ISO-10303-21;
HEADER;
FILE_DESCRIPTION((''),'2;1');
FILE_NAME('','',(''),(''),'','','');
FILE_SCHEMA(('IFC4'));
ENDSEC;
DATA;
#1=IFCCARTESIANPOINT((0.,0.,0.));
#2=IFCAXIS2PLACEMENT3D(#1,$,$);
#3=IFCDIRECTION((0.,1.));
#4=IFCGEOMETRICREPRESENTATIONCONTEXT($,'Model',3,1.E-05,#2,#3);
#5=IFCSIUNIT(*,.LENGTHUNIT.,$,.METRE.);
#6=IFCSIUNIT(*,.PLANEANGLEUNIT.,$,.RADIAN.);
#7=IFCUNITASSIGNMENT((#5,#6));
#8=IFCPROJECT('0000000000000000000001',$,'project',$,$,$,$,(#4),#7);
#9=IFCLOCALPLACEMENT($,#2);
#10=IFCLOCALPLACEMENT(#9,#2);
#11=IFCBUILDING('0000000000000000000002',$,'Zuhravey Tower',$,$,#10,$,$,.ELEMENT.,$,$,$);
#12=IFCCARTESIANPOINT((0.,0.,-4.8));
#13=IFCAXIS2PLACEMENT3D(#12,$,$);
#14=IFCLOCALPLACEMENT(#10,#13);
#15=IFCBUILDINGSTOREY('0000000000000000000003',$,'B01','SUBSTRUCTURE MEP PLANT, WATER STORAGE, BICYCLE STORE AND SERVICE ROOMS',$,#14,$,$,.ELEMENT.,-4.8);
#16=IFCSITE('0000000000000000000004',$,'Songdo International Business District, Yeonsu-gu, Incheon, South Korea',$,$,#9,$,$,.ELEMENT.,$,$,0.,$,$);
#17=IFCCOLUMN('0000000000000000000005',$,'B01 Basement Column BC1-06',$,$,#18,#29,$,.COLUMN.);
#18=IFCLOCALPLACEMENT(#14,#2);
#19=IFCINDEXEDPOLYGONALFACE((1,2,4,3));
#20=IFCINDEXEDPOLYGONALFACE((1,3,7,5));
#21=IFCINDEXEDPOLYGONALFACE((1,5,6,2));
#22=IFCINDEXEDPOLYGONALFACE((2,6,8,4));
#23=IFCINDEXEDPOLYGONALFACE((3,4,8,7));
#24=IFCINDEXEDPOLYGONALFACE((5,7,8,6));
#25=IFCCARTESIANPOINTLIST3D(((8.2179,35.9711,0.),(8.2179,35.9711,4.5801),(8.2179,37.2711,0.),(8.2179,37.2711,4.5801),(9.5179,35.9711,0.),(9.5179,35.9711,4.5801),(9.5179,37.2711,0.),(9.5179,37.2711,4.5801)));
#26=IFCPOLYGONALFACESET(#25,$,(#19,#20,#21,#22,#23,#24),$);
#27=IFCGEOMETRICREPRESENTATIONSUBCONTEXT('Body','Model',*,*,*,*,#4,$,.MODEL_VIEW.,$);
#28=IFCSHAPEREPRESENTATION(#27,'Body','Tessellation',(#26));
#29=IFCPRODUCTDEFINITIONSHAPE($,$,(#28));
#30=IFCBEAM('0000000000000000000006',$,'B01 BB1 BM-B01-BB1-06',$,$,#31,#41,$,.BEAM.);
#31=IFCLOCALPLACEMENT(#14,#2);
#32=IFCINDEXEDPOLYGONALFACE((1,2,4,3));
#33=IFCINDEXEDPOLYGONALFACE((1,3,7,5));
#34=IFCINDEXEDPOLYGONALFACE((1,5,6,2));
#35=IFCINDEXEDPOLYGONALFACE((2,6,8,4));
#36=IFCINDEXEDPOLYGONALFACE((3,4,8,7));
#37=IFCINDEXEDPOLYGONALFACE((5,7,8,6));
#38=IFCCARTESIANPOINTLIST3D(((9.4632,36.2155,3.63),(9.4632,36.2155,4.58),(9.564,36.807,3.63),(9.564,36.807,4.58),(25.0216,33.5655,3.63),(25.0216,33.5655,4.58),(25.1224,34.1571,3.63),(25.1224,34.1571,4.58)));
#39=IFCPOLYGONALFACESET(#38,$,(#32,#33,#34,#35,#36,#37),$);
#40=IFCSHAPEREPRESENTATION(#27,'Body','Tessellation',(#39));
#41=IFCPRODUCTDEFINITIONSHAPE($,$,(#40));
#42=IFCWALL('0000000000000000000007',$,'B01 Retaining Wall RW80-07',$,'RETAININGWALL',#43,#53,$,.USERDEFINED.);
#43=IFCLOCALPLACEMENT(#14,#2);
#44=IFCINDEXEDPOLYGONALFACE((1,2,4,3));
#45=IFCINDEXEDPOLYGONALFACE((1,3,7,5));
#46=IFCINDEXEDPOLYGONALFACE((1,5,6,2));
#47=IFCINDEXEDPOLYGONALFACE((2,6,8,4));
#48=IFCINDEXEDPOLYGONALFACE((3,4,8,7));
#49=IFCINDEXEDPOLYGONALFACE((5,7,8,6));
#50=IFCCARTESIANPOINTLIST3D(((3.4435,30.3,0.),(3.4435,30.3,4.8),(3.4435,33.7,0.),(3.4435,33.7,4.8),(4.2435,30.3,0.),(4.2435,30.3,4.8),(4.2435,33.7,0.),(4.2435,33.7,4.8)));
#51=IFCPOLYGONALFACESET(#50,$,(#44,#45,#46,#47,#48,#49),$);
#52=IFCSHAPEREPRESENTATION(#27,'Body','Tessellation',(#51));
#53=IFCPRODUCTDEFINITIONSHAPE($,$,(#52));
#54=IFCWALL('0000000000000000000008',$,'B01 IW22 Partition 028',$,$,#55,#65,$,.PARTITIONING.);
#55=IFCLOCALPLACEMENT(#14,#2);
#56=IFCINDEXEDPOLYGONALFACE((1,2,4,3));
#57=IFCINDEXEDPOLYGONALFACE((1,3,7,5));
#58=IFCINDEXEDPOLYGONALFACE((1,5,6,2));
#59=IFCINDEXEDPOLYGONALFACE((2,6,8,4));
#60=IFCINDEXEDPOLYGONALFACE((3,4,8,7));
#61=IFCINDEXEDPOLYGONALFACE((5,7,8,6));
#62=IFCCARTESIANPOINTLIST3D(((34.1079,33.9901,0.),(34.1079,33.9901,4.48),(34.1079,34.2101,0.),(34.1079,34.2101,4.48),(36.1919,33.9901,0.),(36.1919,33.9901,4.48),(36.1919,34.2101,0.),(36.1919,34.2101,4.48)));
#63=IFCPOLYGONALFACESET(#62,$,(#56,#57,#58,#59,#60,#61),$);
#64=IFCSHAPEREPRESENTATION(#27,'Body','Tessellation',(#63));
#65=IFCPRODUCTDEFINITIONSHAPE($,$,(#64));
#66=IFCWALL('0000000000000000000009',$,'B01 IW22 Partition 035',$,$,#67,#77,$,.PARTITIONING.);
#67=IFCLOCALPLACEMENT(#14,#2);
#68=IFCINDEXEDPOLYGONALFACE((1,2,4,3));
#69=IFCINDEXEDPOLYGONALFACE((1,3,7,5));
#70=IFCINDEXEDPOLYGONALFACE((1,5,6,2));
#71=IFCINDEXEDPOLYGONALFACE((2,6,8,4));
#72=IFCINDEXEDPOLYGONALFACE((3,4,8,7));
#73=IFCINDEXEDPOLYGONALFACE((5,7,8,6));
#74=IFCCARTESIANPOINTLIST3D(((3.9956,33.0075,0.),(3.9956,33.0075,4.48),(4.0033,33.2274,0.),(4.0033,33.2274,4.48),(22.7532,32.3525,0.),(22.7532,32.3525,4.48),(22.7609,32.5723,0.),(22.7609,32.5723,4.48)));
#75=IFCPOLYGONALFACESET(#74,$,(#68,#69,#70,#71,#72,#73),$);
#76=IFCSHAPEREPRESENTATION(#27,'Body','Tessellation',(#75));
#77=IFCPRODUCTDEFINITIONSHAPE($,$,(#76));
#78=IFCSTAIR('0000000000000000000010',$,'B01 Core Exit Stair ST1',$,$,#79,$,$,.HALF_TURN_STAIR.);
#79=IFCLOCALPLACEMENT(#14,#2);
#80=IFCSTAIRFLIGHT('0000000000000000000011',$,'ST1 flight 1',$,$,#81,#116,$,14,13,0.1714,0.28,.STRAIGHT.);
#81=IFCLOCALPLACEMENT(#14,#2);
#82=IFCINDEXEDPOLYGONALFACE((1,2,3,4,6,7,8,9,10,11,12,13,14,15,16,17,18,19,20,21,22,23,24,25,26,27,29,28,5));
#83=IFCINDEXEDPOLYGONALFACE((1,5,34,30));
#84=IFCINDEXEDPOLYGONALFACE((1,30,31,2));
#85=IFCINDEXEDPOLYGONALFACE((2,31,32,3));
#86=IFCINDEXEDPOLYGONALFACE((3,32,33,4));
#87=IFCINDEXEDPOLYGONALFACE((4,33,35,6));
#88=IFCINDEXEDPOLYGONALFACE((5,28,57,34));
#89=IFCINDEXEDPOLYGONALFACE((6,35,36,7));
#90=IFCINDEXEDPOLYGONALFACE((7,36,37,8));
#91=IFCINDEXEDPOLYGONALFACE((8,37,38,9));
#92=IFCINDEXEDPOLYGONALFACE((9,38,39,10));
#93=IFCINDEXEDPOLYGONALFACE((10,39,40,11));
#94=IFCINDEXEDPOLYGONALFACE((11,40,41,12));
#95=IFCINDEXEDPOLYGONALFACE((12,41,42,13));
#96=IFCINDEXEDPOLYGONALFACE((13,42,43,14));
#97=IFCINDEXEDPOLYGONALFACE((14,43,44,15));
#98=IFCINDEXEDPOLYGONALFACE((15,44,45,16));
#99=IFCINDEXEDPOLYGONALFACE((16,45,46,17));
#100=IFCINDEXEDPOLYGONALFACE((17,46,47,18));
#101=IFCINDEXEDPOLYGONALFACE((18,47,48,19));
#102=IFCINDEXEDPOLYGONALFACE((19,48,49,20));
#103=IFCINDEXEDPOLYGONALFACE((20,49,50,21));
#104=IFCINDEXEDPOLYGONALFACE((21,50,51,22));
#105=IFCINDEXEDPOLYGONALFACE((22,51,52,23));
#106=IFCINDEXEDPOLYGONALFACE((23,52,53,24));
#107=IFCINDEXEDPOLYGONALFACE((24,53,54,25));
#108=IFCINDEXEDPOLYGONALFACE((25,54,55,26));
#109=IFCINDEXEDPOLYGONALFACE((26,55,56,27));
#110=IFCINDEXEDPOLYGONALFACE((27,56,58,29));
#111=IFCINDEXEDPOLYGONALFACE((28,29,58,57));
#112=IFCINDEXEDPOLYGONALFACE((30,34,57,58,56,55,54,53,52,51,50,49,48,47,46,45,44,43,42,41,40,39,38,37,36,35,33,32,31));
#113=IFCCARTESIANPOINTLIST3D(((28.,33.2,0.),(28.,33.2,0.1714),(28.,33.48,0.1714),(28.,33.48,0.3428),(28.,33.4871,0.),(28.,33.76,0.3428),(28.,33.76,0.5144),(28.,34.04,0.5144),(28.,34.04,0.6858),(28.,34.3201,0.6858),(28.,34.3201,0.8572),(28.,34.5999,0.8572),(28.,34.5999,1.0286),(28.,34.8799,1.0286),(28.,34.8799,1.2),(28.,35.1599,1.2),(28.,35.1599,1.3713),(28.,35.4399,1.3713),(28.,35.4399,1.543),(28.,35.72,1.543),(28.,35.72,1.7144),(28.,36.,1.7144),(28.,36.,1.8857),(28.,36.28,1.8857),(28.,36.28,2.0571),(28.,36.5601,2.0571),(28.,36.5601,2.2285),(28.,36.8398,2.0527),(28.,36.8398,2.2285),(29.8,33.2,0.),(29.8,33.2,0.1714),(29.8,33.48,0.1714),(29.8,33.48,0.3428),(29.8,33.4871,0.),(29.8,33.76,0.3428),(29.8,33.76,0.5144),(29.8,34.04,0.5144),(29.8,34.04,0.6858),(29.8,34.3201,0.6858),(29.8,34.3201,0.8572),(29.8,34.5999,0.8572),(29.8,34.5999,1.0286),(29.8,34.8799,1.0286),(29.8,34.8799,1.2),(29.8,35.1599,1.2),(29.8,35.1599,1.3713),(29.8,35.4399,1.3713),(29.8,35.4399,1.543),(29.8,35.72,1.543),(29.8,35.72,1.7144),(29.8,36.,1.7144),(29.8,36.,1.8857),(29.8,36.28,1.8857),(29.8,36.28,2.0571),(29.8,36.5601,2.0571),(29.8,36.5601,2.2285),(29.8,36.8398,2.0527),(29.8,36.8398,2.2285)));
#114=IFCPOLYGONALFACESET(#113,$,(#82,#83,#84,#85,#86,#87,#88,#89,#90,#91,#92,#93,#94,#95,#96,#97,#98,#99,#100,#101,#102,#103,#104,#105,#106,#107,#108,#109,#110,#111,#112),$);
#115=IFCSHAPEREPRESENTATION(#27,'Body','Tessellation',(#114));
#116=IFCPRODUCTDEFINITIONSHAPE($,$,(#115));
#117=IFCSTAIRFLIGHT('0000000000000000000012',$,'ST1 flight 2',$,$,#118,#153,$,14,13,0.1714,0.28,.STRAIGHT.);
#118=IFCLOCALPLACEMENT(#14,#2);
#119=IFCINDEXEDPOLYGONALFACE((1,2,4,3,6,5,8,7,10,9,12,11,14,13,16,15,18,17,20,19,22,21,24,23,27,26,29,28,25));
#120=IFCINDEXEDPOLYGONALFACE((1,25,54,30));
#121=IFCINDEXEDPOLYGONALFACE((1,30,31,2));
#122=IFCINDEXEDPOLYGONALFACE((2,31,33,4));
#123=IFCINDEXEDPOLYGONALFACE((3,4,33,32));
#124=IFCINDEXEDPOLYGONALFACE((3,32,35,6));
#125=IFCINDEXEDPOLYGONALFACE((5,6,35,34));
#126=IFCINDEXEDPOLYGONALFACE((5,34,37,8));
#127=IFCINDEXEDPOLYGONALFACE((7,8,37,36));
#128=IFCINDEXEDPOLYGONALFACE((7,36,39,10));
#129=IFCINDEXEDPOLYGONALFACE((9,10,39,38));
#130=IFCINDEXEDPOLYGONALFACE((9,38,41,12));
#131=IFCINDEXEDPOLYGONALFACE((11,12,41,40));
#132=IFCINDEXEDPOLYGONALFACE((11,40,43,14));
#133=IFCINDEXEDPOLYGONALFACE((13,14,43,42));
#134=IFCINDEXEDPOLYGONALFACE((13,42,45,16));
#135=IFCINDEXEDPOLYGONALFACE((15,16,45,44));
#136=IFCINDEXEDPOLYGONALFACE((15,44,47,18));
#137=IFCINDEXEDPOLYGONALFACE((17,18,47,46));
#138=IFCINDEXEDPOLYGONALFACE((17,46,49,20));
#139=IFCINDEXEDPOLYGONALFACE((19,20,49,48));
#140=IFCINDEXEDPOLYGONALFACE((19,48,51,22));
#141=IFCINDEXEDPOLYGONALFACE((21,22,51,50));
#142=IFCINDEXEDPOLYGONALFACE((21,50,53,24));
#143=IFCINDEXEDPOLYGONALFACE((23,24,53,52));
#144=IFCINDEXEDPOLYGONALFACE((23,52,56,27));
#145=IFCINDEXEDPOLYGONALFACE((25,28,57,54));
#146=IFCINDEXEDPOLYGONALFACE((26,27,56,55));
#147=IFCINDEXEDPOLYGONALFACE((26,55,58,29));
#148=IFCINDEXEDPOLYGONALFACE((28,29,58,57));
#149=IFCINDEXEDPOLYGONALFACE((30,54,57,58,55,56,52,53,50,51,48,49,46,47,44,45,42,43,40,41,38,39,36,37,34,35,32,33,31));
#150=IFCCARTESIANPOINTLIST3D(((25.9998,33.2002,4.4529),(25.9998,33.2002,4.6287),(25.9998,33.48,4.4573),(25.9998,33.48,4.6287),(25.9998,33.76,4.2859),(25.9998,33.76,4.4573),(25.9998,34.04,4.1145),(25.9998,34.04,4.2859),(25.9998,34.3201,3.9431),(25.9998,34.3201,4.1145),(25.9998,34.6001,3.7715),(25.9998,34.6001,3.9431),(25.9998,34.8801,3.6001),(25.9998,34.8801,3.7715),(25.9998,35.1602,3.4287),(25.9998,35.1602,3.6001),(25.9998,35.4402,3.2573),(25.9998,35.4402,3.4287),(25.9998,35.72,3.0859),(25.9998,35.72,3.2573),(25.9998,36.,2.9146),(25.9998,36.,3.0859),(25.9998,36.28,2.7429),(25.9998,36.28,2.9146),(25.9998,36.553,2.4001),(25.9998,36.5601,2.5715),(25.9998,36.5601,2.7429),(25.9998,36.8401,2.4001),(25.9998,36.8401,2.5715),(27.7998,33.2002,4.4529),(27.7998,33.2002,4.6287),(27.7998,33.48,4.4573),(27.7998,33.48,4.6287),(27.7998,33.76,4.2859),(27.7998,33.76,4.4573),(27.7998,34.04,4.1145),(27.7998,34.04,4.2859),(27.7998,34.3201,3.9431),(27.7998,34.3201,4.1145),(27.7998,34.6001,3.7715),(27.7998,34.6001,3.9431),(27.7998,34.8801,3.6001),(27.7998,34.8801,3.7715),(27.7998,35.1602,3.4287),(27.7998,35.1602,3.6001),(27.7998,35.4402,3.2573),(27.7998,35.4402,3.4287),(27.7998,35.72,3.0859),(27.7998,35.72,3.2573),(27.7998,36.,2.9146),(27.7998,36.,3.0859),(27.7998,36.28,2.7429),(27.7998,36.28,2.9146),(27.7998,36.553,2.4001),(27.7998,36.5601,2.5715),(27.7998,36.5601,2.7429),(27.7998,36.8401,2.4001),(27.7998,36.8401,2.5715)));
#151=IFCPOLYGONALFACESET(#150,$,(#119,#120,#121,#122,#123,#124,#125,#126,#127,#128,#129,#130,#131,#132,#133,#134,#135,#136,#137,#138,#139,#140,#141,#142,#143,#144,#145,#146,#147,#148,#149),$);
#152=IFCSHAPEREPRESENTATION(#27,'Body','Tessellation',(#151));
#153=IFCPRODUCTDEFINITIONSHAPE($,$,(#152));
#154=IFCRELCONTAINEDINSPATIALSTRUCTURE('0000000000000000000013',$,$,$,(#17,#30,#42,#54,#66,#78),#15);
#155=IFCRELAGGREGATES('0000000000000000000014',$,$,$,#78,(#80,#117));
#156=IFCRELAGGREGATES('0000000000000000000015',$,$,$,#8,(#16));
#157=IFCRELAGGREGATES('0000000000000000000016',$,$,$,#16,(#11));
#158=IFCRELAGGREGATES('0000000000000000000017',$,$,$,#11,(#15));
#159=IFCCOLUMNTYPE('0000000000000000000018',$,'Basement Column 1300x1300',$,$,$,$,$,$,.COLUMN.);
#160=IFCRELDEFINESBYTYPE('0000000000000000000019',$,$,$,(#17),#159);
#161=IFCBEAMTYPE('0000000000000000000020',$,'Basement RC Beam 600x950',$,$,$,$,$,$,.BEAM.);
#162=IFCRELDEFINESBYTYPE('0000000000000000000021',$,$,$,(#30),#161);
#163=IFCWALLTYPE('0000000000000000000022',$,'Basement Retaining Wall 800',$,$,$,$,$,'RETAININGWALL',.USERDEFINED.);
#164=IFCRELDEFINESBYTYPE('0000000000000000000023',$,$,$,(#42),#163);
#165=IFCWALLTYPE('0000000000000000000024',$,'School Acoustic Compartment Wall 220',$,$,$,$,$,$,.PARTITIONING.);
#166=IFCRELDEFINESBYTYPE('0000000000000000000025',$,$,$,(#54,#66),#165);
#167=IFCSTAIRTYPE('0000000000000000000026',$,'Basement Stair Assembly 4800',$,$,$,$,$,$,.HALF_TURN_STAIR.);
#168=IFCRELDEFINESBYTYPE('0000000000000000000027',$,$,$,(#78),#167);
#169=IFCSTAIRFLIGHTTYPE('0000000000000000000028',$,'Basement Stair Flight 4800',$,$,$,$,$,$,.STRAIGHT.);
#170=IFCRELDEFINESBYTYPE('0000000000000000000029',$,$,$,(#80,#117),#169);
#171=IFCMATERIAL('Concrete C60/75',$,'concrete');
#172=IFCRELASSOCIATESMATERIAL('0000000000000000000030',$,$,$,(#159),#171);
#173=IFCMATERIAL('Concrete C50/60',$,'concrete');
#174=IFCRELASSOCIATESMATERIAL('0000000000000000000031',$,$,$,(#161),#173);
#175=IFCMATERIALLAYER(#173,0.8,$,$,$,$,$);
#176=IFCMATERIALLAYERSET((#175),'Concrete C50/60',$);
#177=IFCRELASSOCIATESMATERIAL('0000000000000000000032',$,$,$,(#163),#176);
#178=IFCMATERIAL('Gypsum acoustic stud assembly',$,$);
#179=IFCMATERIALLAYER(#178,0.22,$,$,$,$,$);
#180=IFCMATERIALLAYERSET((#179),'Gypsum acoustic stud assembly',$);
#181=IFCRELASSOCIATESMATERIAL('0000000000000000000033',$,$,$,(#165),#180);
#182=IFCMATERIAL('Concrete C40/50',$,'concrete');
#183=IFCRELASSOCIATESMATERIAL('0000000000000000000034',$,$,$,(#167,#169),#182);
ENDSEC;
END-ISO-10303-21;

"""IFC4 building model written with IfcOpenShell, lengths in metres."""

from ifc_helpers import new_model, si_unit, direction, frame, frame_2d, origin, origin_2d, place, context, subcontext, project, spatial, polyline, rectangle, outline, extrude, material, layer, layer_set, material_profile, profile_set, type_object, element, aggregate, save


model = new_model("IFC4")

# Units and contexts
model_context = context("Model", 3, precision=1e-05, world=origin(), true_north=direction((0.0, 1.0)))
body_context = subcontext(model_context, "Body", "Model", "MODEL_VIEW")
ifc_project = project(units=[si_unit("LENGTHUNIT", "METRE"), si_unit("PLANEANGLEUNIT", "RADIAN")], contexts=[model_context])

# Site, building, storey
site_placement = place(None, origin())
site = spatial("IfcSite", under=ifc_project, at=site_placement, Name="Songdo International Business District, Yeonsu-gu, Incheon, South Korea", CompositionType="ELEMENT", RefElevation=0.0)
building_placement = place(site_placement, origin())
building = spatial("IfcBuilding", under=site, at=building_placement, Name="Zuhravey Tower", CompositionType="ELEMENT")
storey_placement = place(building_placement, frame((0.0, 0.0, -4.8)))
storey = spatial("IfcBuildingStorey", under=building, at=storey_placement, Name="B01", Description="SUBSTRUCTURE MEP PLANT, WATER STORAGE, BICYCLE STORE AND SERVICE ROOMS", CompositionType="ELEMENT", Elevation=-4.8)

# Column
ifc_material_1 = material(Name="Concrete C60/75", Category="concrete")
ifc_material_profile_1 = material_profile(ifc_material_1, rectangle(XDim=1.3, YDim=1.3, at=origin_2d()), Name="RC-1300x1300")
ifc_profile_set_1 = profile_set([ifc_material_profile_1], Name="Concrete C60/75")
column_type = type_object("IfcColumnType", Name="Basement Column 1300x1300", PredefinedType="COLUMN", material=ifc_profile_set_1)
column_placement = place(storey_placement, frame((8.8679, 36.6211, 0.0), z_axis=(0.0, 0.0, 1.0), x_axis=(1.0, 0.0, 0.0)))
element("IfcColumn", 1, at=column_placement, inside=storey, type_object=column_type, Name="B01 Basement Column BC1-06", PredefinedType="COLUMN", context=body_context, shape_type="SweptSolid", body=[
    extrude(rectangle(XDim=1.3, YDim=1.3, at=origin_2d()), origin(), (0.0, 0.0, 1.0), 4.5801),
])

# Beam
ifc_material_2 = material(Name="Concrete C50/60", Category="concrete")
ifc_material_profile_2 = material_profile(ifc_material_2, rectangle(XDim=0.6001, YDim=0.95, at=origin_2d()), Name="RC-600x950")
ifc_profile_set_2 = profile_set([ifc_material_profile_2], Name="Concrete C50/60")
beam_type = type_object("IfcBeamType", Name="Basement RC Beam 600x950", PredefinedType="BEAM", material=ifc_profile_set_2)
beam_placement = place(storey_placement, frame((25.072, 33.8613, 4.105), z_axis=(-0.985804, 0.167902, 0.0), x_axis=(-0.167902, -0.985804, 0.0)))
element("IfcBeam", 2, at=beam_placement, inside=storey, type_object=beam_type, Name="B01 BB1 BM-B01-BB1-06", PredefinedType="BEAM", context=body_context, shape_type="SweptSolid", body=[
    extrude(rectangle(XDim=0.6001, YDim=0.95, at=origin_2d()), origin(), (0.0, 0.0, 1.0), 15.7825),
])

# Walls
ifc_layer_1 = layer(ifc_material_2, 0.8)
ifc_layer_set_1 = layer_set([ifc_layer_1], Name="Concrete C50/60")
wall_type_1 = type_object("IfcWallType", Name="Basement Retaining Wall 800", ElementType="RETAININGWALL", PredefinedType="USERDEFINED", material=ifc_layer_set_1)
wall_1_placement = place(storey_placement, frame((3.8435, 33.7, 0.0), z_axis=(0.0, 0.0, 1.0), x_axis=(0.0, -1.0, 0.0)))
element("IfcWall", 3, at=wall_1_placement, inside=storey, type_object=wall_type_1, Name="B01 Retaining Wall RW80-07", ObjectType="RETAININGWALL", PredefinedType="USERDEFINED", context=body_context, shape_type="SweptSolid", body=[
    extrude(rectangle(XDim=3.3999, YDim=0.8, at=frame_2d((1.7, 0.0))), origin(), (0.0, 0.0, 1.0), 4.8),
])
ifc_material_3 = material(Name="Gypsum acoustic stud assembly")
ifc_layer_2 = layer(ifc_material_3, 0.22)
ifc_layer_set_2 = layer_set([ifc_layer_2], Name="Gypsum acoustic stud assembly")
wall_type_2 = type_object("IfcWallType", Name="School Acoustic Compartment Wall 220", PredefinedType="PARTITIONING", material=ifc_layer_set_2)
wall_2_placement = place(storey_placement, frame((34.1079, 34.1001, 0.0), z_axis=(0.0, 0.0, 1.0), x_axis=(1.0, 0.0, 0.0)))
element("IfcWall", 4, at=wall_2_placement, inside=storey, type_object=wall_type_2, Name="B01 IW22 Partition 028", PredefinedType="PARTITIONING", context=body_context, shape_type="SweptSolid", body=[
    extrude(rectangle(XDim=2.084, YDim=0.22, at=frame_2d((1.042, 0.0))), origin(), (0.0, 0.0, 1.0), 4.48),
])
wall_3_placement = place(storey_placement, frame((22.7571, 32.4624, 0.0), z_axis=(0.0, 0.0, 1.0), x_axis=(-0.999391, 0.0349, 0.0)))
element("IfcWall", 5, at=wall_3_placement, inside=storey, type_object=wall_type_2, Name="B01 IW22 Partition 035", PredefinedType="PARTITIONING", context=body_context, shape_type="SweptSolid", body=[
    extrude(rectangle(XDim=18.769, YDim=0.22, at=frame_2d((9.3845, 0.0))), origin(), (0.0, 0.0, 1.0), 4.48),
])

# Stair, stair flights
ifc_material_4 = material(Name="Concrete C40/50", Category="concrete")
stair_type = type_object("IfcStairType", Name="Basement Stair Assembly 4800", PredefinedType="HALF_TURN_STAIR", material=ifc_material_4)
stair_1_placement = place(storey_placement, origin())
stair_1 = element("IfcStair", 6, at=stair_1_placement, inside=storey, type_object=stair_type, Name="B01 Core Exit Stair ST1", PredefinedType="HALF_TURN_STAIR")
stair_flight_type = type_object("IfcStairFlightType", Name="Basement Stair Flight 4800", PredefinedType="STRAIGHT", material=ifc_material_4)
stair_flight_1_placement = place(storey_placement, frame((28.8999, 33.2, 0.0), z_axis=(0.0, 0.0, 1.0), x_axis=(0.0, 1.0, 0.0)))
stair_flight_1 = element("IfcStairFlight", 7, at=stair_flight_1_placement, type_object=stair_flight_type, Name="ST1 flight 1", NumberOfRisers=14, NumberOfTreads=13, PredefinedType="STRAIGHT", RiserHeight=0.1714, TreadLength=0.28, context=body_context, shape_type="SweptSolid", body=[
    extrude(outline(polyline([(0.0, 0.0), (0.0, 0.1714), (0.28, 0.1714), (0.28, 0.3428), (0.5601, 0.3428), (0.5601, 0.5144), (0.8401, 0.5144), (0.8401, 0.6858), (1.1201, 0.6858), (1.1201, 0.8572), (1.3999, 0.8572), (1.3999, 1.0286), (1.6799, 1.0286), (1.6799, 1.2), (1.96, 1.2), (1.96, 1.3713), (2.24, 1.3713), (2.24, 1.543), (2.52, 1.543), (2.52, 1.7144), (2.8, 1.7144), (2.8, 1.8857), (3.0801, 1.8857), (3.0801, 2.0571), (3.3601, 2.0571), (3.3601, 2.2285), (3.6399, 2.2285), (3.6399, 2.3999), (3.6399, 2.0527), (0.2871, 0.0), (0.0, 0.0)])), frame((0.0, 0.8999, 0.0), z_axis=(0.0, -1.0, 0.0), x_axis=(1.0, 0.0, 0.0)), (0.0, 0.0, 1.0), 1.8),
])
stair_flight_2_placement = place(storey_placement, frame((26.8999, 36.8401, 2.4001), z_axis=(0.0, 0.0, 1.0), x_axis=(0.0, -1.0, 0.0)))
stair_flight_2 = element("IfcStairFlight", 8, at=stair_flight_2_placement, type_object=stair_flight_type, Name="ST1 flight 2", NumberOfRisers=14, NumberOfTreads=13, PredefinedType="STRAIGHT", RiserHeight=0.1714, TreadLength=0.28, context=body_context, shape_type="SweptSolid", body=[
    extrude(outline(polyline([(0.0, 0.0), (0.0, 0.1714), (0.28, 0.1714), (0.28, 0.3428), (0.5601, 0.3428), (0.5601, 0.5144), (0.8401, 0.5144), (0.8401, 0.6858), (1.1201, 0.6858), (1.1201, 0.8572), (1.3999, 0.8572), (1.3999, 1.0286), (1.6799, 1.0286), (1.6799, 1.2), (1.96, 1.2), (1.96, 1.3713), (2.24, 1.3713), (2.24, 1.543), (2.52, 1.543), (2.52, 1.7144), (2.8, 1.7144), (2.8, 1.8857), (3.0801, 1.8857), (3.0801, 2.0571), (3.3601, 2.0571), (3.3601, 2.2285), (3.6399, 2.2285), (3.6399, 2.3999), (3.6399, 2.0527), (0.2871, 0.0), (0.0, 0.0)])), frame((0.0, 0.8999, 0.0), z_axis=(0.0, -1.0, 0.0), x_axis=(1.0, 0.0, 0.0)), (0.0, 0.0, 1.0), 1.8),
])
aggregate(stair_1, [stair_flight_1, stair_flight_2])

save(model, "model.ifc")
